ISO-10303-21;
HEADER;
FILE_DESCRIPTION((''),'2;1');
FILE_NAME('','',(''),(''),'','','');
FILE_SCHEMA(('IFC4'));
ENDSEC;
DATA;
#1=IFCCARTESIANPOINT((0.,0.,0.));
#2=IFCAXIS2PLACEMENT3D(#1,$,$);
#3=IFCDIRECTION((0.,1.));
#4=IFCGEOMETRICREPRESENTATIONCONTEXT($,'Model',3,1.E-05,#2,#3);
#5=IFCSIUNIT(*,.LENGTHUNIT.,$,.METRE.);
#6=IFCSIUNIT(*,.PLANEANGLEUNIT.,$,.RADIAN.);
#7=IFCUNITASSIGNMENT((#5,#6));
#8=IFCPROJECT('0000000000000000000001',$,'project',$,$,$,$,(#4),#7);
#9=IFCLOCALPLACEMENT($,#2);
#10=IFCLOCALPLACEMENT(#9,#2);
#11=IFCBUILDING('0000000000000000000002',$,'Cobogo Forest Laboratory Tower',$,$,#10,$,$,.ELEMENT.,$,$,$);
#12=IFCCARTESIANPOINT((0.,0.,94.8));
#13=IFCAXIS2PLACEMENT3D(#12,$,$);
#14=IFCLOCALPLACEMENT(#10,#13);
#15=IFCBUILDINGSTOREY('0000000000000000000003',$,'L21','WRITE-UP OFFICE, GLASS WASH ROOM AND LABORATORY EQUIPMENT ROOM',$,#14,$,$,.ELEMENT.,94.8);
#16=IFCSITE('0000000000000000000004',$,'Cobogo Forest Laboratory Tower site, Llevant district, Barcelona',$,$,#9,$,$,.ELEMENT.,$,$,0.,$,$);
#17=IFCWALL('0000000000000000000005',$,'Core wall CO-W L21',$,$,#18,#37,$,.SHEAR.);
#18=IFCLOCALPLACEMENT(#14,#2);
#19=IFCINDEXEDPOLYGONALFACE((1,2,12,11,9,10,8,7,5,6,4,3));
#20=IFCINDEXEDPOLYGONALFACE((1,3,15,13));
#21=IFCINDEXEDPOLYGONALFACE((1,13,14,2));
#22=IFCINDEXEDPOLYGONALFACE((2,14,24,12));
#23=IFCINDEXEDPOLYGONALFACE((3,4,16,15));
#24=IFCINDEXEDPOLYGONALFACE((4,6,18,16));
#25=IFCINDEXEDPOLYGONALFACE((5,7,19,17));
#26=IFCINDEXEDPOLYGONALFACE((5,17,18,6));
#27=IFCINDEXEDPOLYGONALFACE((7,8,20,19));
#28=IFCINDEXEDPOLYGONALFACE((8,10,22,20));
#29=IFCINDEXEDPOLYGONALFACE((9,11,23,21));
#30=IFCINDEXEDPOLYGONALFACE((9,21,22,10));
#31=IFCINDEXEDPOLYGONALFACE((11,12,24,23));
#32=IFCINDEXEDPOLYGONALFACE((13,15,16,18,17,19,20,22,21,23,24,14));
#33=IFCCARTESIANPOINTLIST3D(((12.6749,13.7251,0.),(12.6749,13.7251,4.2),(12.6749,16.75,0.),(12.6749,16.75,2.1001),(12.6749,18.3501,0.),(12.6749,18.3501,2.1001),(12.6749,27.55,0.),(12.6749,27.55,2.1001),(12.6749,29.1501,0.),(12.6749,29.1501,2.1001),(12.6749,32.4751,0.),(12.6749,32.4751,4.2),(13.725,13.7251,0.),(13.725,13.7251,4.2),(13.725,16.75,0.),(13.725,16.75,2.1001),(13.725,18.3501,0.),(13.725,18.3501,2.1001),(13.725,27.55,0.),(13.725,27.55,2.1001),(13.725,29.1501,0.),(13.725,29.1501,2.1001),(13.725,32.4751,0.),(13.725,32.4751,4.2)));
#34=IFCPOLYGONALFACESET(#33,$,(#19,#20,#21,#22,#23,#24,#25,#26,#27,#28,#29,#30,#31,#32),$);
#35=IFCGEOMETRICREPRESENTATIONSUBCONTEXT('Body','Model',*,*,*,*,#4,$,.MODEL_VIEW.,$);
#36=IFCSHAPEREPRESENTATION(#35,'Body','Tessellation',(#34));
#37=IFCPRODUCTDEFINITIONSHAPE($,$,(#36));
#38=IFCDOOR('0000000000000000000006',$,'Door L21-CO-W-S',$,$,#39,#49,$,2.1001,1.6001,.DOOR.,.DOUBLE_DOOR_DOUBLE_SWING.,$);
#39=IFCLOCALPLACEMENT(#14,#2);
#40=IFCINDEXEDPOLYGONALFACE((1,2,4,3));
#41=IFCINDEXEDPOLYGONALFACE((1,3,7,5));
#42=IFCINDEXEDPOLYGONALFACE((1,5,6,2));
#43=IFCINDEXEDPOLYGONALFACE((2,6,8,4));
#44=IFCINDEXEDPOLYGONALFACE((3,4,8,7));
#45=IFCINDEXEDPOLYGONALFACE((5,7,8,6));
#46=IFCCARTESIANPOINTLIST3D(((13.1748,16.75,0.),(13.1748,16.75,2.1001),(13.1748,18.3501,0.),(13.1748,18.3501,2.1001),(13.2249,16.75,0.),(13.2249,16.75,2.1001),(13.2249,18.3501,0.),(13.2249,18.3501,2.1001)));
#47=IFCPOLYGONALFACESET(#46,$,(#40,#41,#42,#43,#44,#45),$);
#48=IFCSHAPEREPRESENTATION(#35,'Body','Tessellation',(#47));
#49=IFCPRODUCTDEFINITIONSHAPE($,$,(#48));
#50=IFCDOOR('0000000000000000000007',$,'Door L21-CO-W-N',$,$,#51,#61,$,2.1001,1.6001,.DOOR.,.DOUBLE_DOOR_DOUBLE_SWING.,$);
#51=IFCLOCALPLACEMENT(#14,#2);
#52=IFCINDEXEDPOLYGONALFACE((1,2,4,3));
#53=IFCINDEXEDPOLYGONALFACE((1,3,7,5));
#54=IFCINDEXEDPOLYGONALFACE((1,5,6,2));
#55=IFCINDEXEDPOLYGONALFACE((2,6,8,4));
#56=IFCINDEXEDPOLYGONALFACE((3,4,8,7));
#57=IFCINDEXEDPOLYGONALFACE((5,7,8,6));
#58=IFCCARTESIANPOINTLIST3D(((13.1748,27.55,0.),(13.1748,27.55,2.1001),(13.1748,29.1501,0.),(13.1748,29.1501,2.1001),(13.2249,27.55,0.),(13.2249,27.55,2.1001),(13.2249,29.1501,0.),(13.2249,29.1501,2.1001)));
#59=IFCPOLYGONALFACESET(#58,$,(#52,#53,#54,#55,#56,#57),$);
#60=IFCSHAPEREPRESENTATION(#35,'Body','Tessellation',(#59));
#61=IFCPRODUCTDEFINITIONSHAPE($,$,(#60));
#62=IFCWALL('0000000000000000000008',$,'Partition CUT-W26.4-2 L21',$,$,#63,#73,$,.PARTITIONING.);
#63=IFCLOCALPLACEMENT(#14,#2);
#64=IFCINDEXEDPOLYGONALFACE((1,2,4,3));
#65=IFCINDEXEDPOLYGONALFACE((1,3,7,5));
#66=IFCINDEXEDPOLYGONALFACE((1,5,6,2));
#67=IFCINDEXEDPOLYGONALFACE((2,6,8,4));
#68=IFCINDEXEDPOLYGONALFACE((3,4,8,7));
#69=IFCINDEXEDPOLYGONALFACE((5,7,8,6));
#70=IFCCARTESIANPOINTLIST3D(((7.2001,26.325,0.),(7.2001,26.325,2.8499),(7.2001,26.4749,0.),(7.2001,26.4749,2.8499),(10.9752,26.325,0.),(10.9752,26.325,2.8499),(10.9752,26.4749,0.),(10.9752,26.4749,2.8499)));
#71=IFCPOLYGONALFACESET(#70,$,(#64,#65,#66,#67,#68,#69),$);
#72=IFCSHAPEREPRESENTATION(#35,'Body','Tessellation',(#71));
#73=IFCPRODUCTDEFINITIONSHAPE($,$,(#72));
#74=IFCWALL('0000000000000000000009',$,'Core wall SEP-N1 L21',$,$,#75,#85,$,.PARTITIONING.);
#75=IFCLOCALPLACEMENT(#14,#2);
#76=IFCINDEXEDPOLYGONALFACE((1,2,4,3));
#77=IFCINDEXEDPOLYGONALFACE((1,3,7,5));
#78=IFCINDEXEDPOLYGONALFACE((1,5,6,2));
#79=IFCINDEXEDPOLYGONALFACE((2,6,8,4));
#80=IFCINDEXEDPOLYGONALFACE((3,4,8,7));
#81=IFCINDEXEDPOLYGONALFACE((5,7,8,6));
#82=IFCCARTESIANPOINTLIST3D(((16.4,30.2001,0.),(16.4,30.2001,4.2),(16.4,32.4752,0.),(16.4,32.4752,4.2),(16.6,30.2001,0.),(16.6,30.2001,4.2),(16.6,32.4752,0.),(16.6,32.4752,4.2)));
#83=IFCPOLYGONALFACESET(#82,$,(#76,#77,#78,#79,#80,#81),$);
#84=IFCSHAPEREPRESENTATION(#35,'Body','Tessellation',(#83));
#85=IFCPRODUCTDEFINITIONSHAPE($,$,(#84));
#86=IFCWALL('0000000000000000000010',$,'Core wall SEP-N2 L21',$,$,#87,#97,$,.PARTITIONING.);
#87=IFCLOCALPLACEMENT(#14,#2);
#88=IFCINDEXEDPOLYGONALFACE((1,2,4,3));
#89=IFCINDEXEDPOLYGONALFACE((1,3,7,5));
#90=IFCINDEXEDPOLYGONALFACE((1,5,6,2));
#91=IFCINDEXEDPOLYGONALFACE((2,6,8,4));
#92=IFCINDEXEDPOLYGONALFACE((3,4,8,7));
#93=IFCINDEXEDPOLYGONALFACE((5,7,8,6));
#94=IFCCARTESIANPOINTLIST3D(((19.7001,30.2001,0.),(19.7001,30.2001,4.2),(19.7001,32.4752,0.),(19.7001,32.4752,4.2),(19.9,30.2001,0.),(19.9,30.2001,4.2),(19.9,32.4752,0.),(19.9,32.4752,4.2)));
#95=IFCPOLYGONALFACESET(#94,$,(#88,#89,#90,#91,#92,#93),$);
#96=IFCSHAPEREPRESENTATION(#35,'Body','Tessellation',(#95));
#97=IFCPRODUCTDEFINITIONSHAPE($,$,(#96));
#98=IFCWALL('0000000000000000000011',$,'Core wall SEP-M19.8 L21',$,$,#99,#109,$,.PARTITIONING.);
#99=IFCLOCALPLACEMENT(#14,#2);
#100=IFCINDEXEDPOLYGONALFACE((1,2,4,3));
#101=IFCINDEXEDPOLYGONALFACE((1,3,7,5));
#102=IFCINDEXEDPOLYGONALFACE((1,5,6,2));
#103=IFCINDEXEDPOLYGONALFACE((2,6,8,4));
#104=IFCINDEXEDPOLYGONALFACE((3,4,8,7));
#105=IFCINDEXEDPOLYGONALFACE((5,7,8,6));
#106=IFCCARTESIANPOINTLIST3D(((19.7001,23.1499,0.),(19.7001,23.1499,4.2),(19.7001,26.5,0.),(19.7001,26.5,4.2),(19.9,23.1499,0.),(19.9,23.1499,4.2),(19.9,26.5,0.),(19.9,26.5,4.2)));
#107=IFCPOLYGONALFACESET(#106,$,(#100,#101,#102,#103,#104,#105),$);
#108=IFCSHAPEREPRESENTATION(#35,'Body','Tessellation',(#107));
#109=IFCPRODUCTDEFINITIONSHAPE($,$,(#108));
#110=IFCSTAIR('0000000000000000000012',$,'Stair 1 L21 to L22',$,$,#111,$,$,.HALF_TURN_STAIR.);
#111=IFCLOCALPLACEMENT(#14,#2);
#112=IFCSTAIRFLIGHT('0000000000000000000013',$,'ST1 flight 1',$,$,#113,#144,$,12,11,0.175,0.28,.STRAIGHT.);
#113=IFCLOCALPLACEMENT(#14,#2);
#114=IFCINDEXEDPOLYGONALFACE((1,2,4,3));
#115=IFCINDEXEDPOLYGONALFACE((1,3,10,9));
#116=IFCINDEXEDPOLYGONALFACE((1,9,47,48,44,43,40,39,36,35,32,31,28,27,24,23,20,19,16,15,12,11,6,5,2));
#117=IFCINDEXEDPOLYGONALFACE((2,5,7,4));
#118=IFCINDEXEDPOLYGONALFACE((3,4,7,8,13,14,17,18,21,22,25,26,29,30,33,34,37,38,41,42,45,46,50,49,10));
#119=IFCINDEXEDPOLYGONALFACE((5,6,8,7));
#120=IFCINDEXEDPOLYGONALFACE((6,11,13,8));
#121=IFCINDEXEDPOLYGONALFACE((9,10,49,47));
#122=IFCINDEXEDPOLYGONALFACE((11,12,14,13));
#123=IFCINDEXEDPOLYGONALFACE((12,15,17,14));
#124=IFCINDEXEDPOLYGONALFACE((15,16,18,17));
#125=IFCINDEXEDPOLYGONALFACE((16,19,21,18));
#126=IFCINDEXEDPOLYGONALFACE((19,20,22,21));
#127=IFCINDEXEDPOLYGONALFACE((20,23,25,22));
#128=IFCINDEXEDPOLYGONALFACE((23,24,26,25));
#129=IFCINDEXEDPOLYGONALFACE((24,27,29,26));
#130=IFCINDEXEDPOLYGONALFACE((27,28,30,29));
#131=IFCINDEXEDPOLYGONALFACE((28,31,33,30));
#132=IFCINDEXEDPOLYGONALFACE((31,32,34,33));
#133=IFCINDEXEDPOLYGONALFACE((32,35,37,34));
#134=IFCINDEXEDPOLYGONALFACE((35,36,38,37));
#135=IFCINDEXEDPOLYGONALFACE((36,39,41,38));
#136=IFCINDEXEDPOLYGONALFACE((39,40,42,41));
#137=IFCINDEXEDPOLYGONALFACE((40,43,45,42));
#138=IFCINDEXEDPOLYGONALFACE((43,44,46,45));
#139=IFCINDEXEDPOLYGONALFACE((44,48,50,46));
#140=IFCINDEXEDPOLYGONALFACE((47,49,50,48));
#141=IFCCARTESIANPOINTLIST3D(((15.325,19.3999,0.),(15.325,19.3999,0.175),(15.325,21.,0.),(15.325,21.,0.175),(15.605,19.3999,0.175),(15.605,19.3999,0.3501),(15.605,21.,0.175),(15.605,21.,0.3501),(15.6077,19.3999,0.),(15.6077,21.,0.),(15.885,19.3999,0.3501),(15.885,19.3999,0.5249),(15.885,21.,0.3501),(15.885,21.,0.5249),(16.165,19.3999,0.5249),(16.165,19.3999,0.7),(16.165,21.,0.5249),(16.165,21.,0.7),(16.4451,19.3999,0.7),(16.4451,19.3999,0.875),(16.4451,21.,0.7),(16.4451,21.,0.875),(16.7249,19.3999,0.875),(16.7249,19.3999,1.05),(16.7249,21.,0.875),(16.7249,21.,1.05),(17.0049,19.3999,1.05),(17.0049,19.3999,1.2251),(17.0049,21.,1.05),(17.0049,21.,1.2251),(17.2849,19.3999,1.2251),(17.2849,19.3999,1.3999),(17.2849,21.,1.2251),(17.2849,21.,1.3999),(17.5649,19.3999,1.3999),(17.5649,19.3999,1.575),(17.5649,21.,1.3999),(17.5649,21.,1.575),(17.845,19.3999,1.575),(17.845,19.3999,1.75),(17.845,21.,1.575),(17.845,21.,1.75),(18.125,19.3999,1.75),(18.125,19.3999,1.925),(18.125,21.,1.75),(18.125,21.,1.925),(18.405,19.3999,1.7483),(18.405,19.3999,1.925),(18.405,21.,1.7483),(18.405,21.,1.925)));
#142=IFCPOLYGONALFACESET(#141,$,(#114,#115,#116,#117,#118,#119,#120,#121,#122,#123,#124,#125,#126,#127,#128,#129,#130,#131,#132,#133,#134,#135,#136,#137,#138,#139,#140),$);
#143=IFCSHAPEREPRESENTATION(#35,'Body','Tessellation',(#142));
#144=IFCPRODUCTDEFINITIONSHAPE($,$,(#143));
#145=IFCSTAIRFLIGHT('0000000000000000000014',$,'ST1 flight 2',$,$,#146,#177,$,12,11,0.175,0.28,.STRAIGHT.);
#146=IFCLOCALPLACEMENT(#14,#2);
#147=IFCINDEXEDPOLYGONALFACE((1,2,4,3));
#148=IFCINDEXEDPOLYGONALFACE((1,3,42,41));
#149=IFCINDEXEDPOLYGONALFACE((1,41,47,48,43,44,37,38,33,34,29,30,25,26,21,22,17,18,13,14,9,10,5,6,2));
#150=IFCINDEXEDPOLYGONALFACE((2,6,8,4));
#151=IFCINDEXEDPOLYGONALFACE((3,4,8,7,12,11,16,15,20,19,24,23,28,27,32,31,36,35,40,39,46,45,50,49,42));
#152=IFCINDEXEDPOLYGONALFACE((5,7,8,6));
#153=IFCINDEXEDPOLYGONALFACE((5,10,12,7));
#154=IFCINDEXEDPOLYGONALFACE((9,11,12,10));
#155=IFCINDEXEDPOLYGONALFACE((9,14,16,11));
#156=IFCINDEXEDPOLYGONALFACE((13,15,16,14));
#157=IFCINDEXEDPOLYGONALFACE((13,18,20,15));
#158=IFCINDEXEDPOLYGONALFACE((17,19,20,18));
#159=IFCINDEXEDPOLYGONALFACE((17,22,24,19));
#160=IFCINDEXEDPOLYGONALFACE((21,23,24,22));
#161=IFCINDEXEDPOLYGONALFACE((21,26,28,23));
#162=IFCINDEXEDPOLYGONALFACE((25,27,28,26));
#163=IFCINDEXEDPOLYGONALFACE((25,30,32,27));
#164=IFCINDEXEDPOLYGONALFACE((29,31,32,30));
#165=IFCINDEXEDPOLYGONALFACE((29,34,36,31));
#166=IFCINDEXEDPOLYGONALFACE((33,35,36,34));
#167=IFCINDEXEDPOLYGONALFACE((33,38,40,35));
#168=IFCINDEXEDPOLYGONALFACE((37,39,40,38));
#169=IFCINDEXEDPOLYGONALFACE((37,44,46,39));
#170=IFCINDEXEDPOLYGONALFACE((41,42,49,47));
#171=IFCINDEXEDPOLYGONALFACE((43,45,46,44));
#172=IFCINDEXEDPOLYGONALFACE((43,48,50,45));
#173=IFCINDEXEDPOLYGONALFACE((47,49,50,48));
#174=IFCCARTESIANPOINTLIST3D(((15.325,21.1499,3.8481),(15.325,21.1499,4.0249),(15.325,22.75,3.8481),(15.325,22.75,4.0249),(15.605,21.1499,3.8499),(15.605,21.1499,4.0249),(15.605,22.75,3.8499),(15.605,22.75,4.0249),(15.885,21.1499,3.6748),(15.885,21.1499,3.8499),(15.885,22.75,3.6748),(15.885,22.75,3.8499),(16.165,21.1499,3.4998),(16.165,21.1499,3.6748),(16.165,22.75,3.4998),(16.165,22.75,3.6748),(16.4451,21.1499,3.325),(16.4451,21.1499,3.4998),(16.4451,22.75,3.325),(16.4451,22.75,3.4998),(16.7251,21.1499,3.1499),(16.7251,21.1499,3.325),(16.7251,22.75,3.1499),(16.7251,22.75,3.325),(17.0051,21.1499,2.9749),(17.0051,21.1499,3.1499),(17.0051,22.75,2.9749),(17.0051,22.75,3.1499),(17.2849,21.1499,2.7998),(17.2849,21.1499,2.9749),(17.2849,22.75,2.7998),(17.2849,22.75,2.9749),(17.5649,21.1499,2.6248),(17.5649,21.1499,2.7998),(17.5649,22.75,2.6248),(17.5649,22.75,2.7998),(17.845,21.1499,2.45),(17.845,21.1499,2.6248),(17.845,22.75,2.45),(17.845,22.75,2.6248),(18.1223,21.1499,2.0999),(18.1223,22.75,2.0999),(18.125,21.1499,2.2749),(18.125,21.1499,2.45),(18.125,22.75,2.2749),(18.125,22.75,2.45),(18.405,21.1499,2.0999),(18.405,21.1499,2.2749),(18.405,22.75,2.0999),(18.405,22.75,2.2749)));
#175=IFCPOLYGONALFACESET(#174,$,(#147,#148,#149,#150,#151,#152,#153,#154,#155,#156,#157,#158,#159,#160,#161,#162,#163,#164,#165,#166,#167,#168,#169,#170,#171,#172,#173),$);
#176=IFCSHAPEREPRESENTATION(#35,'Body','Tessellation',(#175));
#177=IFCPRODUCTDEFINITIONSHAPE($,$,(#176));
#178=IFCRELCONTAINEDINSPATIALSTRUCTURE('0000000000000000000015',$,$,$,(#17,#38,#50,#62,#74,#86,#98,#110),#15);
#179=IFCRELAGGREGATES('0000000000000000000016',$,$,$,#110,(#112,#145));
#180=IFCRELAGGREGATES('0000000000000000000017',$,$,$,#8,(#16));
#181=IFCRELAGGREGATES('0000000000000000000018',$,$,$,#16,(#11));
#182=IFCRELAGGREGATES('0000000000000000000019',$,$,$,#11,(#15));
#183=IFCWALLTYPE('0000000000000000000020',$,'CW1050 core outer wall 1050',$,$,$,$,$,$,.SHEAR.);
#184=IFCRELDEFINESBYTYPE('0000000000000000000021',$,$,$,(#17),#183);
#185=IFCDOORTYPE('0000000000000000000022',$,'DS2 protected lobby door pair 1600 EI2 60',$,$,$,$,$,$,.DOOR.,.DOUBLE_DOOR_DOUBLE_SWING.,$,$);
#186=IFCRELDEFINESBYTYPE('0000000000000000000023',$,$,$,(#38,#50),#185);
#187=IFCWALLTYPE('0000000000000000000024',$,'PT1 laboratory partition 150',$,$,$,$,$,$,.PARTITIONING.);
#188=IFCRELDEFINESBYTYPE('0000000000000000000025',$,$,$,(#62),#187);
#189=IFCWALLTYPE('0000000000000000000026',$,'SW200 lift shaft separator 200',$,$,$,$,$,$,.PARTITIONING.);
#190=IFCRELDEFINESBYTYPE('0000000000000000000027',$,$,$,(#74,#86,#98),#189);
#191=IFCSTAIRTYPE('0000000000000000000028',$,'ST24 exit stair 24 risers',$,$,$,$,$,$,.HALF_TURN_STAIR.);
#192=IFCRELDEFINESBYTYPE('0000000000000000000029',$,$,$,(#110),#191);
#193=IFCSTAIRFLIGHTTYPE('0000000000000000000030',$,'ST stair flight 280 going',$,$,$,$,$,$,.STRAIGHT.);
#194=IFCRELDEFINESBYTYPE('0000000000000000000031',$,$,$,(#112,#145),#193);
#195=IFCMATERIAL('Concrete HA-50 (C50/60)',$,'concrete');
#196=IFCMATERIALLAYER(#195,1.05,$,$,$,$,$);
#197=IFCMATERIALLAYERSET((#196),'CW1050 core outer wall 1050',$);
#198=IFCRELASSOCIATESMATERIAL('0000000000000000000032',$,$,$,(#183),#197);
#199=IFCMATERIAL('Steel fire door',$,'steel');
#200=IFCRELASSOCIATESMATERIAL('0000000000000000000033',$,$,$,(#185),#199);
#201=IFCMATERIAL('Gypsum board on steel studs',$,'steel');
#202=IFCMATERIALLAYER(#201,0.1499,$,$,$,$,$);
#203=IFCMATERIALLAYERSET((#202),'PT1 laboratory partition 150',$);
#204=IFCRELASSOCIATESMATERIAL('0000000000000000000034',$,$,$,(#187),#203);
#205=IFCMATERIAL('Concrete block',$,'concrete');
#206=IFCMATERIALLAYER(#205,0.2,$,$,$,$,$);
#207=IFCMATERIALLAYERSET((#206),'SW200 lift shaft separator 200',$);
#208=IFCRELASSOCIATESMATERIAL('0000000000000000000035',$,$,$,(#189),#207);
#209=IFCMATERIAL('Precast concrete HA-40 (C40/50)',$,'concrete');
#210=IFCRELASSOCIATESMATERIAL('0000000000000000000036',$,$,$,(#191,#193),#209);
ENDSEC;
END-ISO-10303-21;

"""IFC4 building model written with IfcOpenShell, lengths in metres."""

from ifc_helpers import new_model, si_unit, direction, frame, frame_2d, origin, place, context, subcontext, project, spatial, polyline, rectangle, outline, extrude, material, layer, layer_set, type_object, element, fill, aggregate, save


model = new_model("IFC4")

# Units and contexts
model_context = context("Model", 3, precision=1e-05, world=origin(), true_north=direction((0.0, 1.0)))
body_context = subcontext(model_context, "Body", "Model", "MODEL_VIEW")
ifc_project = project(units=[si_unit("LENGTHUNIT", "METRE"), si_unit("PLANEANGLEUNIT", "RADIAN")], contexts=[model_context])

# Site, building, storey
site_placement = place(None, origin())
site = spatial("IfcSite", under=ifc_project, at=site_placement, Name="Cobogo Forest Laboratory Tower site, Llevant district, Barcelona", CompositionType="ELEMENT", RefElevation=0.0)
building_placement = place(site_placement, origin())
building = spatial("IfcBuilding", under=site, at=building_placement, Name="Cobogo Forest Laboratory Tower", CompositionType="ELEMENT")
storey_placement = place(building_placement, frame((0.0, 0.0, 94.8)))
storey = spatial("IfcBuildingStorey", under=building, at=storey_placement, Name="L21", Description="WRITE-UP OFFICE, GLASS WASH ROOM AND LABORATORY EQUIPMENT ROOM", CompositionType="ELEMENT", Elevation=94.8)

# Shared definitions
ifc_material_1 = material(Name="Concrete HA-50 (C50/60)", Category="concrete")

# Shared definitions
ifc_material_2 = material(Name="Steel fire door", Category="steel")

# Wall, openings, doors
ifc_layer_1 = layer(ifc_material_1, 1.05)
ifc_layer_set_1 = layer_set([ifc_layer_1], Name="CW1050 core outer wall 1050")
wall_type_1 = type_object("IfcWallType", Name="CW1050 core outer wall 1050", PredefinedType="SHEAR", material=ifc_layer_set_1)
wall_1_placement = place(storey_placement, frame((13.2, 32.4751, 0.0), z_axis=(0.0, 0.0, 1.0), x_axis=(0.0, -1.0, 0.0)))
wall_1 = element("IfcWall", 1, at=wall_1_placement, inside=storey, type_object=wall_type_1, Name="Core wall CO-W L21", PredefinedType="SHEAR", context=body_context, shape_type="SweptSolid", body=[
    extrude(rectangle(XDim=18.75, YDim=1.05, at=frame_2d((9.375, 0.0))), origin(), (0.0, 0.0, 1.0), 4.2),
])
opening_1_placement = place(wall_1_placement, frame((14.125, 0.0, 0.0)))
opening_1 = element("IfcOpeningElement", 2, at=opening_1_placement, cuts=wall_1, PredefinedType="OPENING", context=body_context, shape_type="SweptSolid", body=[
    extrude(rectangle(XDim=1.6001, YDim=2.1001, at=frame_2d((0.8, 1.05))), frame((0.0, 0.5349, 0.0), z_axis=(0.0, -1.0, 0.0), x_axis=(1.0, 0.0, 0.0)), (0.0, 0.0, 1.0), 1.0701),
])
opening_2_placement = place(wall_1_placement, frame((3.325, 0.0, 0.0)))
opening_2 = element("IfcOpeningElement", 3, at=opening_2_placement, cuts=wall_1, PredefinedType="OPENING", context=body_context, shape_type="SweptSolid", body=[
    extrude(rectangle(XDim=1.6001, YDim=2.1001, at=frame_2d((0.8, 1.05))), frame((0.0, 0.5349, 0.0), z_axis=(0.0, -1.0, 0.0), x_axis=(1.0, 0.0, 0.0)), (0.0, 0.0, 1.0), 1.0701),
])
door_type_1 = type_object("IfcDoorType", Name="DS2 protected lobby door pair 1600 EI2 60", OperationType="DOUBLE_DOOR_DOUBLE_SWING", PredefinedType="DOOR", material=ifc_material_2)
door_1_placement = place(opening_1_placement, origin())
door_1 = element("IfcDoor", 4, at=door_1_placement, inside=storey, type_object=door_type_1, Name="Door L21-CO-W-S", OperationType="DOUBLE_DOOR_DOUBLE_SWING", OverallHeight=2.1001, OverallWidth=1.6001, PredefinedType="DOOR", context=body_context, shape_type="SweptSolid", body=[
    extrude(rectangle(XDim=1.6001, YDim=2.1001, at=frame_2d((0.8, 1.05))), frame((0.0, 0.0249, 0.0), z_axis=(0.0, -1.0, 0.0), x_axis=(1.0, 0.0, 0.0)), (0.0, 0.0, 1.0), 0.05),
])
fill(opening_1, door_1)
door_2_placement = place(opening_2_placement, origin())
door_2 = element("IfcDoor", 5, at=door_2_placement, inside=storey, type_object=door_type_1, Name="Door L21-CO-W-N", OperationType="DOUBLE_DOOR_DOUBLE_SWING", OverallHeight=2.1001, OverallWidth=1.6001, PredefinedType="DOOR", context=body_context, shape_type="SweptSolid", body=[
    extrude(rectangle(XDim=1.6001, YDim=2.1001, at=frame_2d((0.8, 1.05))), frame((0.0, 0.0249, 0.0), z_axis=(0.0, -1.0, 0.0), x_axis=(1.0, 0.0, 0.0)), (0.0, 0.0, 1.0), 0.05),
])
fill(opening_2, door_2)

# Walls
ifc_material_3 = material(Name="Gypsum board on steel studs", Category="steel")
ifc_layer_2 = layer(ifc_material_3, 0.1499)
ifc_layer_set_2 = layer_set([ifc_layer_2], Name="PT1 laboratory partition 150")
wall_type_2 = type_object("IfcWallType", Name="PT1 laboratory partition 150", PredefinedType="PARTITIONING", material=ifc_layer_set_2)
wall_2_placement = place(storey_placement, frame((7.2, 26.3999, 0.0), z_axis=(0.0, 0.0, 1.0), x_axis=(1.0, 0.0, 0.0)))
element("IfcWall", 6, at=wall_2_placement, inside=storey, type_object=wall_type_2, Name="Partition CUT-W26.4-2 L21", PredefinedType="PARTITIONING", context=body_context, shape_type="SweptSolid", body=[
    extrude(rectangle(XDim=3.7751, YDim=0.1499, at=frame_2d((1.8877, 0.0))), origin(), (0.0, 0.0, 1.0), 2.8499),
])
ifc_material_4 = material(Name="Concrete block", Category="concrete")
ifc_layer_3 = layer(ifc_material_4, 0.2)
ifc_layer_set_3 = layer_set([ifc_layer_3], Name="SW200 lift shaft separator 200")
wall_type_3 = type_object("IfcWallType", Name="SW200 lift shaft separator 200", PredefinedType="PARTITIONING", material=ifc_layer_set_3)
for number, where, z_axis, x_axis, name in (
    (7, (16.5, 30.2, 0.0), (0.0, 0.0, 1.0), (0.0, 1.0, 0.0), "Core wall SEP-N1 L21"),
    (8, (19.8, 30.2, 0.0), (0.0, 0.0, 1.0), (0.0, 1.0, 0.0), "Core wall SEP-N2 L21"),
):
    element("IfcWall", number, at=place(storey_placement, frame(where, z_axis=z_axis, x_axis=x_axis)), inside=storey, type_object=wall_type_3, Name=name, PredefinedType="PARTITIONING", context=body_context, shape_type="SweptSolid", body=[
        extrude(rectangle(XDim=2.2751, YDim=0.2, at=frame_2d((1.1377, 0.0))), origin(), (0.0, 0.0, 1.0), 4.2),
    ])
wall_3_placement = place(storey_placement, frame((19.8, 23.1499, 0.0), z_axis=(0.0, 0.0, 1.0), x_axis=(0.0, 1.0, 0.0)))
element("IfcWall", 9, at=wall_3_placement, inside=storey, type_object=wall_type_3, Name="Core wall SEP-M19.8 L21", PredefinedType="PARTITIONING", context=body_context, shape_type="SweptSolid", body=[
    extrude(rectangle(XDim=3.3501, YDim=0.2, at=frame_2d((1.675, 0.0))), origin(), (0.0, 0.0, 1.0), 4.2),
])

# Stair, stair flights
ifc_material_5 = material(Name="Precast concrete HA-40 (C40/50)", Category="concrete")
stair_type = type_object("IfcStairType", Name="ST24 exit stair 24 risers", PredefinedType="HALF_TURN_STAIR", material=ifc_material_5)
stair_placement = place(storey_placement, origin())
stair = element("IfcStair", 10, at=stair_placement, inside=storey, type_object=stair_type, Name="Stair 1 L21 to L22", PredefinedType="HALF_TURN_STAIR")
stair_flight_type = type_object("IfcStairFlightType", Name="ST stair flight 280 going", PredefinedType="STRAIGHT", material=ifc_material_5)
stair_flight_1_placement = place(storey_placement, frame((15.325, 20.2, 0.0), z_axis=(0.0, 0.0, 1.0), x_axis=(1.0, 0.0, 0.0)))
stair_flight_1 = element("IfcStairFlight", 11, at=stair_flight_1_placement, type_object=stair_flight_type, Name="ST1 flight 1", NumberOfRisers=12, NumberOfTreads=11, PredefinedType="STRAIGHT", RiserHeight=0.175, TreadLength=0.28, context=body_context, shape_type="SweptSolid", body=[
    extrude(outline(polyline([(0.0, 0.0), (0.0, 0.175), (0.28, 0.175), (0.28, 0.3501), (0.5601, 0.3501), (0.5601, 0.5249), (0.8401, 0.5249), (0.8401, 0.7), (1.1201, 0.7), (1.1201, 0.875), (1.3999, 0.875), (1.3999, 1.05), (1.6799, 1.05), (1.6799, 1.2251), (1.96, 1.2251), (1.96, 1.3999), (2.24, 1.3999), (2.24, 1.575), (2.52, 1.575), (2.52, 1.75), (2.8, 1.75), (2.8, 1.925), (3.0801, 1.925), (3.0801, 2.1001), (3.0801, 1.7483), (0.2827, 0.0), (0.0, 0.0)])), frame((0.0, 0.8, 0.0), z_axis=(0.0, -1.0, 0.0), x_axis=(1.0, 0.0, 0.0)), (0.0, 0.0, 1.0), 1.6001),
])
stair_flight_2_placement = place(storey_placement, frame((18.405, 21.95, 2.0999), z_axis=(0.0, 0.0, 1.0), x_axis=(-1.0, 0.0, 0.0)))
stair_flight_2 = element("IfcStairFlight", 12, at=stair_flight_2_placement, type_object=stair_flight_type, Name="ST1 flight 2", NumberOfRisers=12, NumberOfTreads=11, PredefinedType="STRAIGHT", RiserHeight=0.175, TreadLength=0.28, context=body_context, shape_type="SweptSolid", body=[
    extrude(outline(polyline([(0.0, 0.0), (0.0, 0.175), (0.28, 0.175), (0.28, 0.3501), (0.5601, 0.3501), (0.5601, 0.5249), (0.8401, 0.5249), (0.8401, 0.7), (1.1201, 0.7), (1.1201, 0.875), (1.3999, 0.875), (1.3999, 1.05), (1.6799, 1.05), (1.6799, 1.2251), (1.96, 1.2251), (1.96, 1.3999), (2.24, 1.3999), (2.24, 1.575), (2.52, 1.575), (2.52, 1.75), (2.8, 1.75), (2.8, 1.925), (3.0801, 1.925), (3.0801, 2.1001), (3.0801, 1.7483), (0.2827, 0.0), (0.0, 0.0)])), frame((0.0, 0.8, 0.0), z_axis=(0.0, -1.0, 0.0), x_axis=(1.0, 0.0, 0.0)), (0.0, 0.0, 1.0), 1.6001),
])
aggregate(stair, [stair_flight_1, stair_flight_2])

save(model, "model.ifc")
